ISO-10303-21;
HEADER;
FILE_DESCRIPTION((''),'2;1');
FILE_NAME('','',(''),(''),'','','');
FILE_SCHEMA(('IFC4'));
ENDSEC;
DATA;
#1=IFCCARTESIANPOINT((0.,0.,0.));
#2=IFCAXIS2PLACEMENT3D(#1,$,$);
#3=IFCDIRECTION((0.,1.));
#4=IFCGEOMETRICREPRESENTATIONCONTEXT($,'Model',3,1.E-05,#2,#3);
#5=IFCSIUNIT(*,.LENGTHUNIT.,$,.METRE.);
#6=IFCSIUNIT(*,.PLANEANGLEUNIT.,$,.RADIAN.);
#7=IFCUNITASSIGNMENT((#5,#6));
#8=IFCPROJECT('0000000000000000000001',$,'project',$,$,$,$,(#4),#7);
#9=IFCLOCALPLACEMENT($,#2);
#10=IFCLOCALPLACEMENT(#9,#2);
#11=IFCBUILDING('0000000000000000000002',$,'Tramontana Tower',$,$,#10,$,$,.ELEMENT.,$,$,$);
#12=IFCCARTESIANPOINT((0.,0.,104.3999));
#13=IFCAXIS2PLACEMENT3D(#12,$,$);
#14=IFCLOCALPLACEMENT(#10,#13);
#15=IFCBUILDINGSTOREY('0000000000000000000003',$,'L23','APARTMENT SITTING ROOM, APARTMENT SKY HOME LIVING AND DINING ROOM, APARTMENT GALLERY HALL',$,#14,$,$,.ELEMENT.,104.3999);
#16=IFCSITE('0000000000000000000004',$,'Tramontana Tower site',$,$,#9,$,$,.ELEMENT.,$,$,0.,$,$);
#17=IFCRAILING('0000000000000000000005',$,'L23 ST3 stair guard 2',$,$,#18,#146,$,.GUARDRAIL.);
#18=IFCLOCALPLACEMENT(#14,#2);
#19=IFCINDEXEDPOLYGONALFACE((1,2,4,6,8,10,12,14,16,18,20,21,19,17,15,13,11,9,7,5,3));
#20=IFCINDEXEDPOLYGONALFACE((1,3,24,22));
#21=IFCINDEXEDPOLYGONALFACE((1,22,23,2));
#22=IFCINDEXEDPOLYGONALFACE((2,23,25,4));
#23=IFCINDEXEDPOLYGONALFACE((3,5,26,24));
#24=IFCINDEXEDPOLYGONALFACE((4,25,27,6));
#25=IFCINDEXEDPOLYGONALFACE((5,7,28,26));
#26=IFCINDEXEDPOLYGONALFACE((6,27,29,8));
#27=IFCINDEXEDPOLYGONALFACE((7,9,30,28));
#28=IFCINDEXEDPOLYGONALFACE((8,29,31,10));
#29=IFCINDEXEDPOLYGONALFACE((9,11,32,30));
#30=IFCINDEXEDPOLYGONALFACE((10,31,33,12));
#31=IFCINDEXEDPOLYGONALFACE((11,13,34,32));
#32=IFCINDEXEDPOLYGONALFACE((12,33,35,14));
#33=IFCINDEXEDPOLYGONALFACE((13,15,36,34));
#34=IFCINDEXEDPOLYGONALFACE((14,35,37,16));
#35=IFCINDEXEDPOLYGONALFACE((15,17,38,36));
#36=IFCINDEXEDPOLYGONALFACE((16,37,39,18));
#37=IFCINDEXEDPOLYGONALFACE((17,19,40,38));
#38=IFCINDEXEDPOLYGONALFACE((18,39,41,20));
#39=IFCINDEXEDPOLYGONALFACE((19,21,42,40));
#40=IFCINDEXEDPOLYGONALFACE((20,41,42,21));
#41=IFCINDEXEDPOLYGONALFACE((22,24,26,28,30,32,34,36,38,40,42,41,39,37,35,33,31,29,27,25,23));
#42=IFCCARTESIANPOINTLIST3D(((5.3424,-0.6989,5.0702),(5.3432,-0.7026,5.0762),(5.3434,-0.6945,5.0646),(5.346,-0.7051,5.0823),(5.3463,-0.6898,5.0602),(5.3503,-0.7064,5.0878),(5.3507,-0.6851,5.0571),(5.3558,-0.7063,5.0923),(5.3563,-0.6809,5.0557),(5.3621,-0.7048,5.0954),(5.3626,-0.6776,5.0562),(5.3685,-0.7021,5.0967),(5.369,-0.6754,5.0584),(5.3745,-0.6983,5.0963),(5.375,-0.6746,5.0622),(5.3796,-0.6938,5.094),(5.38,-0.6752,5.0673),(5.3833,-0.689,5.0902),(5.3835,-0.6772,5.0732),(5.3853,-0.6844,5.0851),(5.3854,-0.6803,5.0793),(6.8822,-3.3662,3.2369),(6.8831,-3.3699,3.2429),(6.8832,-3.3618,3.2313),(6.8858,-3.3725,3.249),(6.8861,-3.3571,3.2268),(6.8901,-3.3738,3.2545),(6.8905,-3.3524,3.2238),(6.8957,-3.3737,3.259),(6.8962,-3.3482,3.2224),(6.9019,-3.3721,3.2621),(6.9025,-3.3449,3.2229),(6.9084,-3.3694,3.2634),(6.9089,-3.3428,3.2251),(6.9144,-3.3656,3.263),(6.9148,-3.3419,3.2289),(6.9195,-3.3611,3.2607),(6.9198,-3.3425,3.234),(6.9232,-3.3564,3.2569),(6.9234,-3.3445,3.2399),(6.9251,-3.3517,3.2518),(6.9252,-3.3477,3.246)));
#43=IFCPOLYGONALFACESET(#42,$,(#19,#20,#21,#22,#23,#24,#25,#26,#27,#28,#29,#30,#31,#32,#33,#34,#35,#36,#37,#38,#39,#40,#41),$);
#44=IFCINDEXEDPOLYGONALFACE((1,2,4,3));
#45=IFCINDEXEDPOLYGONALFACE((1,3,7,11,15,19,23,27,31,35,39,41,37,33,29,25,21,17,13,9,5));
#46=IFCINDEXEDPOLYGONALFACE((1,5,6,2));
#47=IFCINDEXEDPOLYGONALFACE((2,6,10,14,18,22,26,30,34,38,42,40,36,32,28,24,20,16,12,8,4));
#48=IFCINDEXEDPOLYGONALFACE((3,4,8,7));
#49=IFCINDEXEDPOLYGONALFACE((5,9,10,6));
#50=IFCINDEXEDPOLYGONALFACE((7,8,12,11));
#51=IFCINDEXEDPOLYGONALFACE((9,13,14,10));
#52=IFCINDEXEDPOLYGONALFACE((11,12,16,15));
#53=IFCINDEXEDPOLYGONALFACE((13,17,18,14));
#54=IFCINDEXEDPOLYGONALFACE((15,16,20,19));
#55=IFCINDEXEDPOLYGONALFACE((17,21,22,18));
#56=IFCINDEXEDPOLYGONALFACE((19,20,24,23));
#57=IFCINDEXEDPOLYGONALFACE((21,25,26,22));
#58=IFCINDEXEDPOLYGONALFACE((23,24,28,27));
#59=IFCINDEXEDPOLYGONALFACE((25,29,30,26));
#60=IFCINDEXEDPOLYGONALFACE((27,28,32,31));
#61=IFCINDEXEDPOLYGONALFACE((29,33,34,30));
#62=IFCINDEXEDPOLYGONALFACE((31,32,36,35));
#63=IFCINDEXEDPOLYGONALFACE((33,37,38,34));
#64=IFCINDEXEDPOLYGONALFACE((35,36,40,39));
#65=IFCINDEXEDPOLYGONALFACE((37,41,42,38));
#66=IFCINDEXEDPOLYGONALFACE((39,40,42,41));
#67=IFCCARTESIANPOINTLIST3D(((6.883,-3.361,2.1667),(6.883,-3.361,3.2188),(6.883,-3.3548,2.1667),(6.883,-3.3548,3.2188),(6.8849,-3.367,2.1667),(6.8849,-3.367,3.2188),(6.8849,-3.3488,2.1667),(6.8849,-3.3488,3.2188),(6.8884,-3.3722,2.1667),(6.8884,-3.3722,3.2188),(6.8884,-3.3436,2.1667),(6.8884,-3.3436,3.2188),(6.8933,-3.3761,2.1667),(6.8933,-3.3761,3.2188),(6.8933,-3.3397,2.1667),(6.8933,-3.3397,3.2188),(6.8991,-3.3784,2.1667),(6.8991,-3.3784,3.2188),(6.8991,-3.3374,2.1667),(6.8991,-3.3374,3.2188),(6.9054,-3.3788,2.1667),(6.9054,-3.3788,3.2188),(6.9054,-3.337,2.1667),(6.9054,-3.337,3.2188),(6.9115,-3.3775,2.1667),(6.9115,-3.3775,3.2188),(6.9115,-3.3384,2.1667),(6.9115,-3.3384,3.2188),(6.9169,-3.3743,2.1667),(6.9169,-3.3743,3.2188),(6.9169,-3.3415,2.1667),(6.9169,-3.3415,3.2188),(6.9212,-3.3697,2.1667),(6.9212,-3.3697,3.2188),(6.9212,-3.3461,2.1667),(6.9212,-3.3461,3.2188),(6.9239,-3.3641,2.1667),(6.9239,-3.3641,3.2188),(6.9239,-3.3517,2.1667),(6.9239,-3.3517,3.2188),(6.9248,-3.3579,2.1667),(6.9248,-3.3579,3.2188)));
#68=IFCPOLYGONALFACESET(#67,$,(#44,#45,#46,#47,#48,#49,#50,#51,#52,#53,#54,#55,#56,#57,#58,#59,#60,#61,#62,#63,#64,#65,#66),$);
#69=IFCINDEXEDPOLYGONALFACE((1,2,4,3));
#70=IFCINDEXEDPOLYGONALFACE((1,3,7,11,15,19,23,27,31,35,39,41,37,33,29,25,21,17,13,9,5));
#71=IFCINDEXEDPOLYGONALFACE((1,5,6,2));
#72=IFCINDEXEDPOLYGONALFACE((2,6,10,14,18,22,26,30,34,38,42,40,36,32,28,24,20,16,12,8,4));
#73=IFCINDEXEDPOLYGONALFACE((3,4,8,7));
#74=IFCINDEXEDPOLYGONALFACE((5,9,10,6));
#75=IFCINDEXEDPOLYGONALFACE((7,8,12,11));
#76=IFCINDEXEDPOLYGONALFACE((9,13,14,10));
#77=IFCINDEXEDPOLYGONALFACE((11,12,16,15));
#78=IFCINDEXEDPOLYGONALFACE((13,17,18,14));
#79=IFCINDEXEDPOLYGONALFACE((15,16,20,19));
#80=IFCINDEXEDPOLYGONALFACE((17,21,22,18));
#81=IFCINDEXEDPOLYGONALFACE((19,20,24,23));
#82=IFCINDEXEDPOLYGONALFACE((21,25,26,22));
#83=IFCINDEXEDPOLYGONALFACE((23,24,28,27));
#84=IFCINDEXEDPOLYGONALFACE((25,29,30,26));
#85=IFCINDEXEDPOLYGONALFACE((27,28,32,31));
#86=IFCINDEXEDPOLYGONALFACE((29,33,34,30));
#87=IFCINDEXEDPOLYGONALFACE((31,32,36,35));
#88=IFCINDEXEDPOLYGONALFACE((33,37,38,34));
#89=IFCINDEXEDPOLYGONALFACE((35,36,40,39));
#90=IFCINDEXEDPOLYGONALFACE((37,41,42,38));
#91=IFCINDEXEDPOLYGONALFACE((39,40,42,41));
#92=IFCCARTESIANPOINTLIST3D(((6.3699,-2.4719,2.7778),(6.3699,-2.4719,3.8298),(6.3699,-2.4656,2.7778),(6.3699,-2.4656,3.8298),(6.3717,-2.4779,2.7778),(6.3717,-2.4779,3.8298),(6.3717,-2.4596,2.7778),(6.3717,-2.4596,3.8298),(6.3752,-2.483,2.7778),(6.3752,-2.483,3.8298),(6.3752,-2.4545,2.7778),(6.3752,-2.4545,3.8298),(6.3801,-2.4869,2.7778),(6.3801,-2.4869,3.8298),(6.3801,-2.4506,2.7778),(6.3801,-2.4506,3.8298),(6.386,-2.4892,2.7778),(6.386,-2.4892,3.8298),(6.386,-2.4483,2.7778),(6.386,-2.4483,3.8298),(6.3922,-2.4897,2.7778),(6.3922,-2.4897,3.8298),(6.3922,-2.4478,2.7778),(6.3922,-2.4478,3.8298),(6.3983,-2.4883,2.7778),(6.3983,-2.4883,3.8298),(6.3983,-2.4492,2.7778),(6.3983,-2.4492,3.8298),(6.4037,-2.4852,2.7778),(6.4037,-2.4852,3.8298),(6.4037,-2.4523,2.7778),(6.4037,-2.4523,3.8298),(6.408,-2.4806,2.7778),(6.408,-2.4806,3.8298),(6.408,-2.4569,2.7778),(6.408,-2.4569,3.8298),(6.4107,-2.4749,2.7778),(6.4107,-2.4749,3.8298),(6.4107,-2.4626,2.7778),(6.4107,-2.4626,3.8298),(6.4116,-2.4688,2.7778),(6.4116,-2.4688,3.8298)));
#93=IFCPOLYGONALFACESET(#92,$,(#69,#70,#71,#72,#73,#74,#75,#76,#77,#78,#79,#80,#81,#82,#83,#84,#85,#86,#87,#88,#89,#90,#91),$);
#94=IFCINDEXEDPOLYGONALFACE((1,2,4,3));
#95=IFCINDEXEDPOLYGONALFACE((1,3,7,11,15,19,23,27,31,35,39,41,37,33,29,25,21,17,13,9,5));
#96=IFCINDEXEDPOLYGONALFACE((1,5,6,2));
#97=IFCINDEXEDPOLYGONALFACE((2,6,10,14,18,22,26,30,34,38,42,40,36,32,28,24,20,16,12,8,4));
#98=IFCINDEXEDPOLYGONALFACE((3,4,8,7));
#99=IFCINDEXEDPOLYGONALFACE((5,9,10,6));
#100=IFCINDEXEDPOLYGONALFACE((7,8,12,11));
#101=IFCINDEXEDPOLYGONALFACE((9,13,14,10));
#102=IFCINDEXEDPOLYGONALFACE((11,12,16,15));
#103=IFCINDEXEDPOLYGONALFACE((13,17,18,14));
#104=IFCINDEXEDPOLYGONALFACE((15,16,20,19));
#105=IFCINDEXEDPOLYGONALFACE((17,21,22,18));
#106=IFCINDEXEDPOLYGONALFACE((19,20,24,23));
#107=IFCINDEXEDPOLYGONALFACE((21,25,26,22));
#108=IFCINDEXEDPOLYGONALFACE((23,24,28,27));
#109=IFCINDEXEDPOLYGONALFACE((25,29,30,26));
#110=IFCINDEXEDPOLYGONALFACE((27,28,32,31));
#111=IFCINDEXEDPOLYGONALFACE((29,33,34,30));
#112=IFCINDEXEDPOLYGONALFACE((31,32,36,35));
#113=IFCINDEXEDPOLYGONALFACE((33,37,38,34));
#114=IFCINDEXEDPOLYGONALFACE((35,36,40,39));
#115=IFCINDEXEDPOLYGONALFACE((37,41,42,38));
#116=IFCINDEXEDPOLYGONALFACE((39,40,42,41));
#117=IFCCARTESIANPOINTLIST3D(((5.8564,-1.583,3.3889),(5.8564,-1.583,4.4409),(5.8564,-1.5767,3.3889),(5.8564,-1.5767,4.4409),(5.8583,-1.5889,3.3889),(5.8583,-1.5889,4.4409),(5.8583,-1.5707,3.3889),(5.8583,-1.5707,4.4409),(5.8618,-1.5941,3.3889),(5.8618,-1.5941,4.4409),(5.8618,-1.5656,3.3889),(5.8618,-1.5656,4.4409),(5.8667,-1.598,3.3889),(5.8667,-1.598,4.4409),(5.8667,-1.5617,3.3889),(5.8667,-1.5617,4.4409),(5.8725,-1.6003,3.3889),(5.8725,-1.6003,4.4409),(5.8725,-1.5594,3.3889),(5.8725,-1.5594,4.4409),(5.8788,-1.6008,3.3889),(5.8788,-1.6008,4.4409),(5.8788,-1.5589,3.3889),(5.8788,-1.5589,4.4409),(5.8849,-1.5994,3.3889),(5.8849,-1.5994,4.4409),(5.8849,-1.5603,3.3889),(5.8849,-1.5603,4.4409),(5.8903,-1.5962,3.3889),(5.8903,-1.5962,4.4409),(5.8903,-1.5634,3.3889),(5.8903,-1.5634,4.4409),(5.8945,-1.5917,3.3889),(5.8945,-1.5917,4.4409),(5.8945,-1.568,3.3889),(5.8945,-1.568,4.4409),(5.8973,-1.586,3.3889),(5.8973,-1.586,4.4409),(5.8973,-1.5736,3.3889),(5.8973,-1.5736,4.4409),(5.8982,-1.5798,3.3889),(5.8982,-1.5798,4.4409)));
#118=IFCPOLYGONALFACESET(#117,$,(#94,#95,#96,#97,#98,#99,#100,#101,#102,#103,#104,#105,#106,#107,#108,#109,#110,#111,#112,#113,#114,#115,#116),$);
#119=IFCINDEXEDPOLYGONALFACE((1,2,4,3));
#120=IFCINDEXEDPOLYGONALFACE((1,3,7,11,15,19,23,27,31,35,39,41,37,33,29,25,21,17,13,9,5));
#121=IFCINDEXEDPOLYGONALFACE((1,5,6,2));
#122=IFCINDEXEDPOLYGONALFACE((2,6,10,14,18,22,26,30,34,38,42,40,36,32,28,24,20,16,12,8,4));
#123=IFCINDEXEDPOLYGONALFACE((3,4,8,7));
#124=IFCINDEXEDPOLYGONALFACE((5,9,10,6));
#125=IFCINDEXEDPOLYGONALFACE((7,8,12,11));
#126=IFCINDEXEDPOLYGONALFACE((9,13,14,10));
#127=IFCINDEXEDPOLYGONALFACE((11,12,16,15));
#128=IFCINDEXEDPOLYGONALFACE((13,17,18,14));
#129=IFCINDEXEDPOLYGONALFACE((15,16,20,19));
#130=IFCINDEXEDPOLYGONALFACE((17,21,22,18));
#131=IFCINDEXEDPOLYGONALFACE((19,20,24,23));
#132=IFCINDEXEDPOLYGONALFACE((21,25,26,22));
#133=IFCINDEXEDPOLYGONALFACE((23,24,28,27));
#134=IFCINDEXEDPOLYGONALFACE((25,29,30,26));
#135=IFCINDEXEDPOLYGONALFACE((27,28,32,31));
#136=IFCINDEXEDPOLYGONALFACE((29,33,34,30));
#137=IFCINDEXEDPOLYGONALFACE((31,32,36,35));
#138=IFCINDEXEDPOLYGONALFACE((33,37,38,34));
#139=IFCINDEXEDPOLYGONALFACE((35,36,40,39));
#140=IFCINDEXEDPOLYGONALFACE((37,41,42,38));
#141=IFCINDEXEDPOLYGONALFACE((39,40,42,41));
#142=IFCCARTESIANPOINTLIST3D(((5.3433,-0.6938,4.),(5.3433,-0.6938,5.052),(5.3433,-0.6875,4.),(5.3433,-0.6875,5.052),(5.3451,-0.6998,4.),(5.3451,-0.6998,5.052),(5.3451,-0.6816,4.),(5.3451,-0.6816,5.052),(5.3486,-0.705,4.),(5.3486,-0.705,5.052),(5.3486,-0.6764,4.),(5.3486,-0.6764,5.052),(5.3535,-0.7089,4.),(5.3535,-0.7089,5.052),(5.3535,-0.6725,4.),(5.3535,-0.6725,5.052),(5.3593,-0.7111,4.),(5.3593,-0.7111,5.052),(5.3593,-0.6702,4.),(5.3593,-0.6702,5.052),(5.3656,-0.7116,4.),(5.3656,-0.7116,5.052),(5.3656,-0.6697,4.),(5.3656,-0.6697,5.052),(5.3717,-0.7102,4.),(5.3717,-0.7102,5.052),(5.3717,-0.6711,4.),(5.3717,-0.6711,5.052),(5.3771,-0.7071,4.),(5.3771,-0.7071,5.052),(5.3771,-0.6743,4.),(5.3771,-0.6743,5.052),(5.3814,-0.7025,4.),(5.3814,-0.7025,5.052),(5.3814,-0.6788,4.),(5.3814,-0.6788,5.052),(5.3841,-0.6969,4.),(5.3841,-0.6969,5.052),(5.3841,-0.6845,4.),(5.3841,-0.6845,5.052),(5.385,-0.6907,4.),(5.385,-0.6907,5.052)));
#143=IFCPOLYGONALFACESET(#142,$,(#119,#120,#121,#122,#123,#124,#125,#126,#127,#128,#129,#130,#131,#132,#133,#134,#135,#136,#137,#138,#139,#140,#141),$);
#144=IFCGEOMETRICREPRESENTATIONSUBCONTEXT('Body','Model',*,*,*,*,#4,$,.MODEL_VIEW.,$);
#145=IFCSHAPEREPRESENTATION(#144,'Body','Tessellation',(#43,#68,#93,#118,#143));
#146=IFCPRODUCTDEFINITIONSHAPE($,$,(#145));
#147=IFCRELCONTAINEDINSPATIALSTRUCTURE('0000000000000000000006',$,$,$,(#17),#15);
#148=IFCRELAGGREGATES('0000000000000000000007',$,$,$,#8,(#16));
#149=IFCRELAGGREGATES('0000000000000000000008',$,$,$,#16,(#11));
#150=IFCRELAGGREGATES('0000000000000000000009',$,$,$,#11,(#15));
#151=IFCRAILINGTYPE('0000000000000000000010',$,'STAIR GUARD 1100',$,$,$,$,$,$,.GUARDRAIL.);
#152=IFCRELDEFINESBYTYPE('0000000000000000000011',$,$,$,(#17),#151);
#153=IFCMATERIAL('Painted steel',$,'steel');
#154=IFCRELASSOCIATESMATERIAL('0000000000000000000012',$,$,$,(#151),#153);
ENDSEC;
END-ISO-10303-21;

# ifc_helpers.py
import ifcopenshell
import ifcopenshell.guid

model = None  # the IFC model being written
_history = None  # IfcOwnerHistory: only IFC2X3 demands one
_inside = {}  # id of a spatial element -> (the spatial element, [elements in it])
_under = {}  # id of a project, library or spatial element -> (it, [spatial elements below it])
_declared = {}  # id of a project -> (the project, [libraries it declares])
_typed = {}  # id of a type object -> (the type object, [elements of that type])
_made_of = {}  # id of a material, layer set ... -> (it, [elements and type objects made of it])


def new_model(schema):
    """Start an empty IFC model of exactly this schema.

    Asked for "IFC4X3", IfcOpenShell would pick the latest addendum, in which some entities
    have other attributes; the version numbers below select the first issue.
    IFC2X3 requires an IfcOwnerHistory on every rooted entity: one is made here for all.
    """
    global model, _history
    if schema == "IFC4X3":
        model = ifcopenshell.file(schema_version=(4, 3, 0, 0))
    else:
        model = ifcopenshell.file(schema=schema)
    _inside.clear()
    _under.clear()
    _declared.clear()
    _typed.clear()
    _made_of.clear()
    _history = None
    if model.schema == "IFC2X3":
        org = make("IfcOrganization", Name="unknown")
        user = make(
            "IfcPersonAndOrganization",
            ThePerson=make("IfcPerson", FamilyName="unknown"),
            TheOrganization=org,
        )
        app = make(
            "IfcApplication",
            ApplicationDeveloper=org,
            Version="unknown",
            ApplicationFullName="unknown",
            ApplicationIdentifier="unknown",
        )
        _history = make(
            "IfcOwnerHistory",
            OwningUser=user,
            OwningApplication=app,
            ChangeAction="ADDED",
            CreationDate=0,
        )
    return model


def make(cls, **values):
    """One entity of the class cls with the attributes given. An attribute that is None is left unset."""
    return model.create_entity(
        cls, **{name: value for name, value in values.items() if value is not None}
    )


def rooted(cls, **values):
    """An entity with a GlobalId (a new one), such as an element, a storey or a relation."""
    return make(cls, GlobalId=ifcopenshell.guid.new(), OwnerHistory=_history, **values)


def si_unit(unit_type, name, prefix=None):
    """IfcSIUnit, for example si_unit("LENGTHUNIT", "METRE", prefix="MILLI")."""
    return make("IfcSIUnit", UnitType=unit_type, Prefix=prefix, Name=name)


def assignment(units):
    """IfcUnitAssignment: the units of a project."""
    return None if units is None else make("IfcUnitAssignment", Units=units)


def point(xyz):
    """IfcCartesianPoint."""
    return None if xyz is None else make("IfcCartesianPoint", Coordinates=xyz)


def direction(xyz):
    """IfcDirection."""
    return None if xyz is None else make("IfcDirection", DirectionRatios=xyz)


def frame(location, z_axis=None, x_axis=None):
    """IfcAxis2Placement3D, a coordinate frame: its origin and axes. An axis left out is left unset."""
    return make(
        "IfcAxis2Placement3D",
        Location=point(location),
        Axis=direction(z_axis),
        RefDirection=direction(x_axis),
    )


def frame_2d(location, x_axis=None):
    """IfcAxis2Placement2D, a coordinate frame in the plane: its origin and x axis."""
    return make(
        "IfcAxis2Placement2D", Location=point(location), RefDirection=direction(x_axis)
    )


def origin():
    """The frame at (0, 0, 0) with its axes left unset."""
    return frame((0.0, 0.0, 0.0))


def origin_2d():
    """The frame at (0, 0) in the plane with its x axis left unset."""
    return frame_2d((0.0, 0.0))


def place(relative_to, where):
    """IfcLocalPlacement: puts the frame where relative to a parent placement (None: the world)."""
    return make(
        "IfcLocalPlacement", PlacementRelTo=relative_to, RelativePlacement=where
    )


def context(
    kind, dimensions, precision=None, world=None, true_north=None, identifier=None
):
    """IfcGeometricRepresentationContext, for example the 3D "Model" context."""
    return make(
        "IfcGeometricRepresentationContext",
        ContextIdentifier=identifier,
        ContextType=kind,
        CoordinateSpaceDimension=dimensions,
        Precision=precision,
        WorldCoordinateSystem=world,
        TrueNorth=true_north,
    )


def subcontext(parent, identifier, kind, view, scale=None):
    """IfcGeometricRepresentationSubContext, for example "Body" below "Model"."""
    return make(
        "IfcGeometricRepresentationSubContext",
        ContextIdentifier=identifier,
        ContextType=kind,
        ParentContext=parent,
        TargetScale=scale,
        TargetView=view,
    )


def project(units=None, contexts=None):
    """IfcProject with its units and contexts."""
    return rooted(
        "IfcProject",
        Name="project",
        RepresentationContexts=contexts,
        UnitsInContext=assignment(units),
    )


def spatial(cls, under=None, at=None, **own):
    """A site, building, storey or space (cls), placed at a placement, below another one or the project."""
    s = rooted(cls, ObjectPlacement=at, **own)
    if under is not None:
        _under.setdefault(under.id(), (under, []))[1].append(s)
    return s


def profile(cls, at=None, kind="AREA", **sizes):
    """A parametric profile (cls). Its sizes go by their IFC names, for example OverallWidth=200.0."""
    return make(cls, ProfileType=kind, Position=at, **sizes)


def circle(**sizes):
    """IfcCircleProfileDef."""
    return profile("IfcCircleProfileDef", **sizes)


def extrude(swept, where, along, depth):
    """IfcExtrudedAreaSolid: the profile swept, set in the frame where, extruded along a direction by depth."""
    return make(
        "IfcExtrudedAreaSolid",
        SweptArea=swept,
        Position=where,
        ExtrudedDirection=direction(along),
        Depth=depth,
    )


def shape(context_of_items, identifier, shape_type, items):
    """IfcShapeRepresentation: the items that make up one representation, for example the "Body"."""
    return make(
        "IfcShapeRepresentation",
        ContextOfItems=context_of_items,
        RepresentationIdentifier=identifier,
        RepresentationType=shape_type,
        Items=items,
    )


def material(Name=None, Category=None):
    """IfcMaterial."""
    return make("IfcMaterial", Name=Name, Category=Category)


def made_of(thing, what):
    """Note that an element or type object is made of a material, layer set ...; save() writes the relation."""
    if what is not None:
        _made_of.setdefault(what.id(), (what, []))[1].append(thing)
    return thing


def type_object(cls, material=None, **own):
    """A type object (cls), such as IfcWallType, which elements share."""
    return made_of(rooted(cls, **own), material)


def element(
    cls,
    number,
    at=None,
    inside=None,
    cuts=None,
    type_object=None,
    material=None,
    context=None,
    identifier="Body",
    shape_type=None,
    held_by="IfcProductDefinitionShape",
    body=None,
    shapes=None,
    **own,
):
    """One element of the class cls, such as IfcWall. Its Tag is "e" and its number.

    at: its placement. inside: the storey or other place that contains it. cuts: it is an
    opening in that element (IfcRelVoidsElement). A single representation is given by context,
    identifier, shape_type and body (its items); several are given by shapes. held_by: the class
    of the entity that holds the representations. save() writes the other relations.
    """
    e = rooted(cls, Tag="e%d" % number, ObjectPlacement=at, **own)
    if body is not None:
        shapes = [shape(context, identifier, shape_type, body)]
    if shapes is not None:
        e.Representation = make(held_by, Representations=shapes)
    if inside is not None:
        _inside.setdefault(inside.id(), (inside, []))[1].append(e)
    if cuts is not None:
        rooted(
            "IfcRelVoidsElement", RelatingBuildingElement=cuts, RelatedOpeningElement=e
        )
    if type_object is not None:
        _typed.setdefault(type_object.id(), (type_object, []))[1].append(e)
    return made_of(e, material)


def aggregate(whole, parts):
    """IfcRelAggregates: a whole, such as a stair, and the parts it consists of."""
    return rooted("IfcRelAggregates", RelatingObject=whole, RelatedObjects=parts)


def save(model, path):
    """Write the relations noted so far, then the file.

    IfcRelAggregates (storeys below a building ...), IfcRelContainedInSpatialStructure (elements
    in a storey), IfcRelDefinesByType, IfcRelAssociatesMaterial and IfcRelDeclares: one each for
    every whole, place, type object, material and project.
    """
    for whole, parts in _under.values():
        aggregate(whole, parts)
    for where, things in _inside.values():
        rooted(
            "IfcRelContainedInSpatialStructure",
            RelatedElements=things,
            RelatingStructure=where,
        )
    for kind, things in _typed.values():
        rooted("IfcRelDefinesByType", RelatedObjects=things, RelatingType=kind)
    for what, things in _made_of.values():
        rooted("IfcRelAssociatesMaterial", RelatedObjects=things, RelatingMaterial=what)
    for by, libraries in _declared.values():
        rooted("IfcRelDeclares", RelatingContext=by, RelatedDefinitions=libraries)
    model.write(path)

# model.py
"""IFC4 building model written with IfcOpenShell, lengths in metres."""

from ifc_helpers import new_model, si_unit, direction, frame, origin, origin_2d, place, context, subcontext, project, spatial, circle, extrude, material, type_object, element, save


model = new_model("IFC4")

# Units and contexts
model_context = context("Model", 3, precision=1e-05, world=origin(), true_north=direction((0.0, 1.0)))
body_context = subcontext(model_context, "Body", "Model", "MODEL_VIEW")
ifc_project = project(units=[si_unit("LENGTHUNIT", "METRE"), si_unit("PLANEANGLEUNIT", "RADIAN")], contexts=[model_context])

# Site, building, storey
site_placement = place(None, origin())
site = spatial("IfcSite", under=ifc_project, at=site_placement, Name="Tramontana Tower site", CompositionType="ELEMENT", RefElevation=0.0)
building_placement = place(site_placement, origin())
building = spatial("IfcBuilding", under=site, at=building_placement, Name="Tramontana Tower", CompositionType="ELEMENT")
storey_placement = place(building_placement, frame((0.0, 0.0, 104.3999)))
storey = spatial("IfcBuildingStorey", under=building, at=storey_placement, Name="L23", Description="APARTMENT SITTING ROOM, APARTMENT SKY HOME LIVING AND DINING ROOM, APARTMENT GALLERY HALL", CompositionType="ELEMENT", Elevation=104.3999)

# Railing
ifc_material_1 = material(Name="Painted steel", Category="steel")
railing_type_1 = type_object("IfcRailingType", Name="STAIR GUARD 1100", PredefinedType="GUARDRAIL", material=ifc_material_1)
railing_1_placement = place(storey_placement, frame((6.9038, -3.3579, 2.1667)))
element("IfcRailing", 1, at=railing_1_placement, inside=storey, type_object=railing_type_1, Name="L23 ST3 stair guard 2", PredefinedType="GUARDRAIL", context=body_context, shape_type="SweptSolid", body=[
    extrude(circle(Radius=0.0239, at=origin_2d()), frame((0.0, 0.0, 1.0762), z_axis=(-0.429616, 0.744181, 0.511493), x_axis=(-0.866044, -0.499967, 0.0)), (0.0, 0.0, 1.0), 3.5842),
    extrude(circle(Radius=0.021, at=origin_2d()), origin(), (0.0, 0.0, 1.0), 1.052),
    extrude(circle(Radius=0.021, at=origin_2d()), frame((-0.5132, 0.8892, 0.6111)), (0.0, 0.0, 1.0), 1.052),
    extrude(circle(Radius=0.021, at=origin_2d()), frame((-1.0266, 1.7781, 1.2222)), (0.0, 0.0, 1.0), 1.052),
    extrude(circle(Radius=0.021, at=origin_2d()), frame((-1.5398, 2.6672, 1.8333)), (0.0, 0.0, 1.0), 1.052),
])

save(model, "model.ifc")
